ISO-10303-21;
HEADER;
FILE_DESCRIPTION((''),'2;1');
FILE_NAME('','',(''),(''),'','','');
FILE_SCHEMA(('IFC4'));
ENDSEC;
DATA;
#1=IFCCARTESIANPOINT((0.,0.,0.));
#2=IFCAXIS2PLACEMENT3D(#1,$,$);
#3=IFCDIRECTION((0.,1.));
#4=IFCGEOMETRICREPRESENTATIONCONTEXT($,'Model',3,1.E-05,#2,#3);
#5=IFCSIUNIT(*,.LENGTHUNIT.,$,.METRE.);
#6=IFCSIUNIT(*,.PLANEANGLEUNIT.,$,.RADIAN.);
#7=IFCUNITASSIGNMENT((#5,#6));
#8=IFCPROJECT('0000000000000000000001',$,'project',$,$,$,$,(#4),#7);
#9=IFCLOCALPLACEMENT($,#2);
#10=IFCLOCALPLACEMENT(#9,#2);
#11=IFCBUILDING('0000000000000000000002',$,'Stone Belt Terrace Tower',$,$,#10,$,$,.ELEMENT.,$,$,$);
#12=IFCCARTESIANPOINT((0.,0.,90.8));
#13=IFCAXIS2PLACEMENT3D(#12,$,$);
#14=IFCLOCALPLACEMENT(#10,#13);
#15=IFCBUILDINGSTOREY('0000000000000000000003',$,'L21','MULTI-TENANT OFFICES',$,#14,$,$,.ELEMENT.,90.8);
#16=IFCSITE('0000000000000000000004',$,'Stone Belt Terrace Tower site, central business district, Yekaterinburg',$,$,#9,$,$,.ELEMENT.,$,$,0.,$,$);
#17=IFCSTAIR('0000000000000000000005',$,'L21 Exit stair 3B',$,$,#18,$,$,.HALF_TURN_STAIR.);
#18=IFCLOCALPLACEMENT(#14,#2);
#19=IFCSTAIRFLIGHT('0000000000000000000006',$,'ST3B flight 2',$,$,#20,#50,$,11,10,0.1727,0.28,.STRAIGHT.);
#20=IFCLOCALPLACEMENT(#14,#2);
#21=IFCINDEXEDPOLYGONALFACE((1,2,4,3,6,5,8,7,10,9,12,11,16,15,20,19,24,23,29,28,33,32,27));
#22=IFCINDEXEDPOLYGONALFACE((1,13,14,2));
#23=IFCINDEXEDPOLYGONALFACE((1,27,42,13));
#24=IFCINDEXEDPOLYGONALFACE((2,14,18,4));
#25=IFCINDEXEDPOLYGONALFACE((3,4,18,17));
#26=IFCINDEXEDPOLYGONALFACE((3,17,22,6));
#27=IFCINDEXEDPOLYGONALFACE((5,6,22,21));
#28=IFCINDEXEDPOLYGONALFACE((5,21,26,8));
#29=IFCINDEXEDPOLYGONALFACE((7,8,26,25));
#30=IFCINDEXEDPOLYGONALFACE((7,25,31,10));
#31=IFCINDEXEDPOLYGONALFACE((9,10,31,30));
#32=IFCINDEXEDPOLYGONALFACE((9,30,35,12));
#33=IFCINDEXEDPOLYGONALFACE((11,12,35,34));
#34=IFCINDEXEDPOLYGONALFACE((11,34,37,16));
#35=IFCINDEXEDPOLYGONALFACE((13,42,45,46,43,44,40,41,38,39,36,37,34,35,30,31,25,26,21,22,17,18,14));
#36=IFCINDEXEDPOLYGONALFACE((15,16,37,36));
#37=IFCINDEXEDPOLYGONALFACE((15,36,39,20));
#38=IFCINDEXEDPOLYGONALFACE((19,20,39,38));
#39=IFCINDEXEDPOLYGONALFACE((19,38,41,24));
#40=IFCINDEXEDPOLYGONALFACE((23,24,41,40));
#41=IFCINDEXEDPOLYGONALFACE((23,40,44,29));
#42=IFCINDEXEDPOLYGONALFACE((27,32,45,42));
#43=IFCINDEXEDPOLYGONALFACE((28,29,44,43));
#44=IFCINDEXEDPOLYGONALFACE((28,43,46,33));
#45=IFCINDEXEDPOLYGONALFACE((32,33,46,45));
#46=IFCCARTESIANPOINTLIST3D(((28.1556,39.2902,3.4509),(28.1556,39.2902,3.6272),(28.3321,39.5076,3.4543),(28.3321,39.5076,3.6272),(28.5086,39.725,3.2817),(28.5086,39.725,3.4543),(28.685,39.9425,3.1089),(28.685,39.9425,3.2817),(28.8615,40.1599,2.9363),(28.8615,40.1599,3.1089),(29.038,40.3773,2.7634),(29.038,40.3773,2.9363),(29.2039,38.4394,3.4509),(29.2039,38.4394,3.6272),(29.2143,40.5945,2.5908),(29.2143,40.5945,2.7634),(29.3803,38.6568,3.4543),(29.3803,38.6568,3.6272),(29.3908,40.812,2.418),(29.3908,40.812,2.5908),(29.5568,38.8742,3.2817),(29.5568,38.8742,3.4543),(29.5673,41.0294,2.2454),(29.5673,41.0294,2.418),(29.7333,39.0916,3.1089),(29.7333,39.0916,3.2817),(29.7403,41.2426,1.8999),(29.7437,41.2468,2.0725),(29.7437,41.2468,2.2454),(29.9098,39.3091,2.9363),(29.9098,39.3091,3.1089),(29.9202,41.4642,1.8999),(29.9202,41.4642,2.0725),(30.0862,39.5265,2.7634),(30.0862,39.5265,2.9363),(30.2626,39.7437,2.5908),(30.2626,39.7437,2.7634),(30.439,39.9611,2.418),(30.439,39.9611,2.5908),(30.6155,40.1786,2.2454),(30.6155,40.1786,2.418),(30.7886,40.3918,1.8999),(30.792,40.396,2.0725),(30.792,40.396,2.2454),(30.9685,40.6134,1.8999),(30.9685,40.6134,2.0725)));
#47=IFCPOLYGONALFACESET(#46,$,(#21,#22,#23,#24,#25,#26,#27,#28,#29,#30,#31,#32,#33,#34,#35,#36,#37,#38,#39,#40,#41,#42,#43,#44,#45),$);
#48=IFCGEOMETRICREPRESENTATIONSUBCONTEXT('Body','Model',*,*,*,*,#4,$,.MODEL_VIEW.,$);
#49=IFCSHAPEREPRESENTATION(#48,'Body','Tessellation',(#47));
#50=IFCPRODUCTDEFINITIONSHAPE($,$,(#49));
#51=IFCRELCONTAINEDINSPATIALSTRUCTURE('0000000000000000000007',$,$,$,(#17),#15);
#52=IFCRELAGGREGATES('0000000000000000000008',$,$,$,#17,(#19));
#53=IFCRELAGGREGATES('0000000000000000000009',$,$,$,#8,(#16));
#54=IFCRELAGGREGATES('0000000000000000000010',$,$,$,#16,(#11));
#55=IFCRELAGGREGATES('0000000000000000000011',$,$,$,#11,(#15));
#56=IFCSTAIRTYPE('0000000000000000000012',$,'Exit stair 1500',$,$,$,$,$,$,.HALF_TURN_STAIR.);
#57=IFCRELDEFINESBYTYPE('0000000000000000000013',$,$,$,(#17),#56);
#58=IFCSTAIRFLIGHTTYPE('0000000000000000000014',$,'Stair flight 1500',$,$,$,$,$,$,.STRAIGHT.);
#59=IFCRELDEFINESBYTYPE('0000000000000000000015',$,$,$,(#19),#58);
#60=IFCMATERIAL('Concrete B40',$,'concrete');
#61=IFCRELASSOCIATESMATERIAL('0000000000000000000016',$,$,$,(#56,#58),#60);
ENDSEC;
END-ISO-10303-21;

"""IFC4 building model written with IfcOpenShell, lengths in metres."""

from ifc_helpers import new_model, si_unit, direction, frame, origin, place, context, subcontext, project, spatial, polyline, outline, extrude, material, type_object, element, aggregate, save


model = new_model("IFC4")

# Units and contexts
model_context = context("Model", 3, precision=1e-05, world=origin(), true_north=direction((0.0, 1.0)))
body_context = subcontext(model_context, "Body", "Model", "MODEL_VIEW")
ifc_project = project(units=[si_unit("LENGTHUNIT", "METRE"), si_unit("PLANEANGLEUNIT", "RADIAN")], contexts=[model_context])

# Site, building, storey
site_placement = place(None, origin())
site = spatial("IfcSite", under=ifc_project, at=site_placement, Name="Stone Belt Terrace Tower site, central business district, Yekaterinburg", CompositionType="ELEMENT", RefElevation=0.0)
building_placement = place(site_placement, origin())
building = spatial("IfcBuilding", under=site, at=building_placement, Name="Stone Belt Terrace Tower", CompositionType="ELEMENT")
storey_placement = place(building_placement, frame((0.0, 0.0, 90.8)))
storey = spatial("IfcBuildingStorey", under=building, at=storey_placement, Name="L21", Description="MULTI-TENANT OFFICES", CompositionType="ELEMENT", Elevation=90.8)

# Stair, stair flight
ifc_material_1 = material(Name="Concrete B40", Category="concrete")
stair_type = type_object("IfcStairType", Name="Exit stair 1500", PredefinedType="HALF_TURN_STAIR", material=ifc_material_1)
stair_placement = place(storey_placement, origin())
stair = element("IfcStair", 1, at=stair_placement, inside=storey, type_object=stair_type, Name="L21 Exit stair 3B", PredefinedType="HALF_TURN_STAIR")
stair_flight_type = type_object("IfcStairFlightType", Name="Stair flight 1500", PredefinedType="STRAIGHT", material=ifc_material_1)
stair_flight_placement = place(storey_placement, frame((30.4443, 41.0388, 1.8999), z_axis=(0.0, 0.0, 1.0), x_axis=(-0.630206, -0.776428, 0.0)))
stair_flight = element("IfcStairFlight", 2, at=stair_flight_placement, type_object=stair_flight_type, Name="ST3B flight 2", NumberOfRisers=11, NumberOfTreads=10, PredefinedType="STRAIGHT", RiserHeight=0.1727, TreadLength=0.28, context=body_context, shape_type="SweptSolid", body=[
    extrude(outline(polyline([(0.0, 0.0), (0.0, 0.1726), (0.28, 0.1726), (0.28, 0.3455), (0.5601, 0.3455), (0.5601, 0.5181), (0.8401, 0.5181), (0.8401, 0.6909), (1.1201, 0.6909), (1.1201, 0.8635), (1.3999, 0.8635), (1.3999, 1.0364), (1.6799, 1.0364), (1.6799, 1.209), (1.96, 1.209), (1.96, 1.3818), (2.24, 1.3818), (2.24, 1.5544), (2.52, 1.5544), (2.52, 1.7273), (2.8, 1.7273), (2.8, 1.8999), (2.8, 1.551), (0.2854, 0.0), (0.0, 0.0)])), frame((0.0, 0.675, 0.0), z_axis=(0.0, -1.0, 0.0), x_axis=(1.0, 0.0, 0.0)), (0.0, 0.0, 1.0), 1.3501),
])
aggregate(stair, [stair_flight])

save(model, "model.ifc")
